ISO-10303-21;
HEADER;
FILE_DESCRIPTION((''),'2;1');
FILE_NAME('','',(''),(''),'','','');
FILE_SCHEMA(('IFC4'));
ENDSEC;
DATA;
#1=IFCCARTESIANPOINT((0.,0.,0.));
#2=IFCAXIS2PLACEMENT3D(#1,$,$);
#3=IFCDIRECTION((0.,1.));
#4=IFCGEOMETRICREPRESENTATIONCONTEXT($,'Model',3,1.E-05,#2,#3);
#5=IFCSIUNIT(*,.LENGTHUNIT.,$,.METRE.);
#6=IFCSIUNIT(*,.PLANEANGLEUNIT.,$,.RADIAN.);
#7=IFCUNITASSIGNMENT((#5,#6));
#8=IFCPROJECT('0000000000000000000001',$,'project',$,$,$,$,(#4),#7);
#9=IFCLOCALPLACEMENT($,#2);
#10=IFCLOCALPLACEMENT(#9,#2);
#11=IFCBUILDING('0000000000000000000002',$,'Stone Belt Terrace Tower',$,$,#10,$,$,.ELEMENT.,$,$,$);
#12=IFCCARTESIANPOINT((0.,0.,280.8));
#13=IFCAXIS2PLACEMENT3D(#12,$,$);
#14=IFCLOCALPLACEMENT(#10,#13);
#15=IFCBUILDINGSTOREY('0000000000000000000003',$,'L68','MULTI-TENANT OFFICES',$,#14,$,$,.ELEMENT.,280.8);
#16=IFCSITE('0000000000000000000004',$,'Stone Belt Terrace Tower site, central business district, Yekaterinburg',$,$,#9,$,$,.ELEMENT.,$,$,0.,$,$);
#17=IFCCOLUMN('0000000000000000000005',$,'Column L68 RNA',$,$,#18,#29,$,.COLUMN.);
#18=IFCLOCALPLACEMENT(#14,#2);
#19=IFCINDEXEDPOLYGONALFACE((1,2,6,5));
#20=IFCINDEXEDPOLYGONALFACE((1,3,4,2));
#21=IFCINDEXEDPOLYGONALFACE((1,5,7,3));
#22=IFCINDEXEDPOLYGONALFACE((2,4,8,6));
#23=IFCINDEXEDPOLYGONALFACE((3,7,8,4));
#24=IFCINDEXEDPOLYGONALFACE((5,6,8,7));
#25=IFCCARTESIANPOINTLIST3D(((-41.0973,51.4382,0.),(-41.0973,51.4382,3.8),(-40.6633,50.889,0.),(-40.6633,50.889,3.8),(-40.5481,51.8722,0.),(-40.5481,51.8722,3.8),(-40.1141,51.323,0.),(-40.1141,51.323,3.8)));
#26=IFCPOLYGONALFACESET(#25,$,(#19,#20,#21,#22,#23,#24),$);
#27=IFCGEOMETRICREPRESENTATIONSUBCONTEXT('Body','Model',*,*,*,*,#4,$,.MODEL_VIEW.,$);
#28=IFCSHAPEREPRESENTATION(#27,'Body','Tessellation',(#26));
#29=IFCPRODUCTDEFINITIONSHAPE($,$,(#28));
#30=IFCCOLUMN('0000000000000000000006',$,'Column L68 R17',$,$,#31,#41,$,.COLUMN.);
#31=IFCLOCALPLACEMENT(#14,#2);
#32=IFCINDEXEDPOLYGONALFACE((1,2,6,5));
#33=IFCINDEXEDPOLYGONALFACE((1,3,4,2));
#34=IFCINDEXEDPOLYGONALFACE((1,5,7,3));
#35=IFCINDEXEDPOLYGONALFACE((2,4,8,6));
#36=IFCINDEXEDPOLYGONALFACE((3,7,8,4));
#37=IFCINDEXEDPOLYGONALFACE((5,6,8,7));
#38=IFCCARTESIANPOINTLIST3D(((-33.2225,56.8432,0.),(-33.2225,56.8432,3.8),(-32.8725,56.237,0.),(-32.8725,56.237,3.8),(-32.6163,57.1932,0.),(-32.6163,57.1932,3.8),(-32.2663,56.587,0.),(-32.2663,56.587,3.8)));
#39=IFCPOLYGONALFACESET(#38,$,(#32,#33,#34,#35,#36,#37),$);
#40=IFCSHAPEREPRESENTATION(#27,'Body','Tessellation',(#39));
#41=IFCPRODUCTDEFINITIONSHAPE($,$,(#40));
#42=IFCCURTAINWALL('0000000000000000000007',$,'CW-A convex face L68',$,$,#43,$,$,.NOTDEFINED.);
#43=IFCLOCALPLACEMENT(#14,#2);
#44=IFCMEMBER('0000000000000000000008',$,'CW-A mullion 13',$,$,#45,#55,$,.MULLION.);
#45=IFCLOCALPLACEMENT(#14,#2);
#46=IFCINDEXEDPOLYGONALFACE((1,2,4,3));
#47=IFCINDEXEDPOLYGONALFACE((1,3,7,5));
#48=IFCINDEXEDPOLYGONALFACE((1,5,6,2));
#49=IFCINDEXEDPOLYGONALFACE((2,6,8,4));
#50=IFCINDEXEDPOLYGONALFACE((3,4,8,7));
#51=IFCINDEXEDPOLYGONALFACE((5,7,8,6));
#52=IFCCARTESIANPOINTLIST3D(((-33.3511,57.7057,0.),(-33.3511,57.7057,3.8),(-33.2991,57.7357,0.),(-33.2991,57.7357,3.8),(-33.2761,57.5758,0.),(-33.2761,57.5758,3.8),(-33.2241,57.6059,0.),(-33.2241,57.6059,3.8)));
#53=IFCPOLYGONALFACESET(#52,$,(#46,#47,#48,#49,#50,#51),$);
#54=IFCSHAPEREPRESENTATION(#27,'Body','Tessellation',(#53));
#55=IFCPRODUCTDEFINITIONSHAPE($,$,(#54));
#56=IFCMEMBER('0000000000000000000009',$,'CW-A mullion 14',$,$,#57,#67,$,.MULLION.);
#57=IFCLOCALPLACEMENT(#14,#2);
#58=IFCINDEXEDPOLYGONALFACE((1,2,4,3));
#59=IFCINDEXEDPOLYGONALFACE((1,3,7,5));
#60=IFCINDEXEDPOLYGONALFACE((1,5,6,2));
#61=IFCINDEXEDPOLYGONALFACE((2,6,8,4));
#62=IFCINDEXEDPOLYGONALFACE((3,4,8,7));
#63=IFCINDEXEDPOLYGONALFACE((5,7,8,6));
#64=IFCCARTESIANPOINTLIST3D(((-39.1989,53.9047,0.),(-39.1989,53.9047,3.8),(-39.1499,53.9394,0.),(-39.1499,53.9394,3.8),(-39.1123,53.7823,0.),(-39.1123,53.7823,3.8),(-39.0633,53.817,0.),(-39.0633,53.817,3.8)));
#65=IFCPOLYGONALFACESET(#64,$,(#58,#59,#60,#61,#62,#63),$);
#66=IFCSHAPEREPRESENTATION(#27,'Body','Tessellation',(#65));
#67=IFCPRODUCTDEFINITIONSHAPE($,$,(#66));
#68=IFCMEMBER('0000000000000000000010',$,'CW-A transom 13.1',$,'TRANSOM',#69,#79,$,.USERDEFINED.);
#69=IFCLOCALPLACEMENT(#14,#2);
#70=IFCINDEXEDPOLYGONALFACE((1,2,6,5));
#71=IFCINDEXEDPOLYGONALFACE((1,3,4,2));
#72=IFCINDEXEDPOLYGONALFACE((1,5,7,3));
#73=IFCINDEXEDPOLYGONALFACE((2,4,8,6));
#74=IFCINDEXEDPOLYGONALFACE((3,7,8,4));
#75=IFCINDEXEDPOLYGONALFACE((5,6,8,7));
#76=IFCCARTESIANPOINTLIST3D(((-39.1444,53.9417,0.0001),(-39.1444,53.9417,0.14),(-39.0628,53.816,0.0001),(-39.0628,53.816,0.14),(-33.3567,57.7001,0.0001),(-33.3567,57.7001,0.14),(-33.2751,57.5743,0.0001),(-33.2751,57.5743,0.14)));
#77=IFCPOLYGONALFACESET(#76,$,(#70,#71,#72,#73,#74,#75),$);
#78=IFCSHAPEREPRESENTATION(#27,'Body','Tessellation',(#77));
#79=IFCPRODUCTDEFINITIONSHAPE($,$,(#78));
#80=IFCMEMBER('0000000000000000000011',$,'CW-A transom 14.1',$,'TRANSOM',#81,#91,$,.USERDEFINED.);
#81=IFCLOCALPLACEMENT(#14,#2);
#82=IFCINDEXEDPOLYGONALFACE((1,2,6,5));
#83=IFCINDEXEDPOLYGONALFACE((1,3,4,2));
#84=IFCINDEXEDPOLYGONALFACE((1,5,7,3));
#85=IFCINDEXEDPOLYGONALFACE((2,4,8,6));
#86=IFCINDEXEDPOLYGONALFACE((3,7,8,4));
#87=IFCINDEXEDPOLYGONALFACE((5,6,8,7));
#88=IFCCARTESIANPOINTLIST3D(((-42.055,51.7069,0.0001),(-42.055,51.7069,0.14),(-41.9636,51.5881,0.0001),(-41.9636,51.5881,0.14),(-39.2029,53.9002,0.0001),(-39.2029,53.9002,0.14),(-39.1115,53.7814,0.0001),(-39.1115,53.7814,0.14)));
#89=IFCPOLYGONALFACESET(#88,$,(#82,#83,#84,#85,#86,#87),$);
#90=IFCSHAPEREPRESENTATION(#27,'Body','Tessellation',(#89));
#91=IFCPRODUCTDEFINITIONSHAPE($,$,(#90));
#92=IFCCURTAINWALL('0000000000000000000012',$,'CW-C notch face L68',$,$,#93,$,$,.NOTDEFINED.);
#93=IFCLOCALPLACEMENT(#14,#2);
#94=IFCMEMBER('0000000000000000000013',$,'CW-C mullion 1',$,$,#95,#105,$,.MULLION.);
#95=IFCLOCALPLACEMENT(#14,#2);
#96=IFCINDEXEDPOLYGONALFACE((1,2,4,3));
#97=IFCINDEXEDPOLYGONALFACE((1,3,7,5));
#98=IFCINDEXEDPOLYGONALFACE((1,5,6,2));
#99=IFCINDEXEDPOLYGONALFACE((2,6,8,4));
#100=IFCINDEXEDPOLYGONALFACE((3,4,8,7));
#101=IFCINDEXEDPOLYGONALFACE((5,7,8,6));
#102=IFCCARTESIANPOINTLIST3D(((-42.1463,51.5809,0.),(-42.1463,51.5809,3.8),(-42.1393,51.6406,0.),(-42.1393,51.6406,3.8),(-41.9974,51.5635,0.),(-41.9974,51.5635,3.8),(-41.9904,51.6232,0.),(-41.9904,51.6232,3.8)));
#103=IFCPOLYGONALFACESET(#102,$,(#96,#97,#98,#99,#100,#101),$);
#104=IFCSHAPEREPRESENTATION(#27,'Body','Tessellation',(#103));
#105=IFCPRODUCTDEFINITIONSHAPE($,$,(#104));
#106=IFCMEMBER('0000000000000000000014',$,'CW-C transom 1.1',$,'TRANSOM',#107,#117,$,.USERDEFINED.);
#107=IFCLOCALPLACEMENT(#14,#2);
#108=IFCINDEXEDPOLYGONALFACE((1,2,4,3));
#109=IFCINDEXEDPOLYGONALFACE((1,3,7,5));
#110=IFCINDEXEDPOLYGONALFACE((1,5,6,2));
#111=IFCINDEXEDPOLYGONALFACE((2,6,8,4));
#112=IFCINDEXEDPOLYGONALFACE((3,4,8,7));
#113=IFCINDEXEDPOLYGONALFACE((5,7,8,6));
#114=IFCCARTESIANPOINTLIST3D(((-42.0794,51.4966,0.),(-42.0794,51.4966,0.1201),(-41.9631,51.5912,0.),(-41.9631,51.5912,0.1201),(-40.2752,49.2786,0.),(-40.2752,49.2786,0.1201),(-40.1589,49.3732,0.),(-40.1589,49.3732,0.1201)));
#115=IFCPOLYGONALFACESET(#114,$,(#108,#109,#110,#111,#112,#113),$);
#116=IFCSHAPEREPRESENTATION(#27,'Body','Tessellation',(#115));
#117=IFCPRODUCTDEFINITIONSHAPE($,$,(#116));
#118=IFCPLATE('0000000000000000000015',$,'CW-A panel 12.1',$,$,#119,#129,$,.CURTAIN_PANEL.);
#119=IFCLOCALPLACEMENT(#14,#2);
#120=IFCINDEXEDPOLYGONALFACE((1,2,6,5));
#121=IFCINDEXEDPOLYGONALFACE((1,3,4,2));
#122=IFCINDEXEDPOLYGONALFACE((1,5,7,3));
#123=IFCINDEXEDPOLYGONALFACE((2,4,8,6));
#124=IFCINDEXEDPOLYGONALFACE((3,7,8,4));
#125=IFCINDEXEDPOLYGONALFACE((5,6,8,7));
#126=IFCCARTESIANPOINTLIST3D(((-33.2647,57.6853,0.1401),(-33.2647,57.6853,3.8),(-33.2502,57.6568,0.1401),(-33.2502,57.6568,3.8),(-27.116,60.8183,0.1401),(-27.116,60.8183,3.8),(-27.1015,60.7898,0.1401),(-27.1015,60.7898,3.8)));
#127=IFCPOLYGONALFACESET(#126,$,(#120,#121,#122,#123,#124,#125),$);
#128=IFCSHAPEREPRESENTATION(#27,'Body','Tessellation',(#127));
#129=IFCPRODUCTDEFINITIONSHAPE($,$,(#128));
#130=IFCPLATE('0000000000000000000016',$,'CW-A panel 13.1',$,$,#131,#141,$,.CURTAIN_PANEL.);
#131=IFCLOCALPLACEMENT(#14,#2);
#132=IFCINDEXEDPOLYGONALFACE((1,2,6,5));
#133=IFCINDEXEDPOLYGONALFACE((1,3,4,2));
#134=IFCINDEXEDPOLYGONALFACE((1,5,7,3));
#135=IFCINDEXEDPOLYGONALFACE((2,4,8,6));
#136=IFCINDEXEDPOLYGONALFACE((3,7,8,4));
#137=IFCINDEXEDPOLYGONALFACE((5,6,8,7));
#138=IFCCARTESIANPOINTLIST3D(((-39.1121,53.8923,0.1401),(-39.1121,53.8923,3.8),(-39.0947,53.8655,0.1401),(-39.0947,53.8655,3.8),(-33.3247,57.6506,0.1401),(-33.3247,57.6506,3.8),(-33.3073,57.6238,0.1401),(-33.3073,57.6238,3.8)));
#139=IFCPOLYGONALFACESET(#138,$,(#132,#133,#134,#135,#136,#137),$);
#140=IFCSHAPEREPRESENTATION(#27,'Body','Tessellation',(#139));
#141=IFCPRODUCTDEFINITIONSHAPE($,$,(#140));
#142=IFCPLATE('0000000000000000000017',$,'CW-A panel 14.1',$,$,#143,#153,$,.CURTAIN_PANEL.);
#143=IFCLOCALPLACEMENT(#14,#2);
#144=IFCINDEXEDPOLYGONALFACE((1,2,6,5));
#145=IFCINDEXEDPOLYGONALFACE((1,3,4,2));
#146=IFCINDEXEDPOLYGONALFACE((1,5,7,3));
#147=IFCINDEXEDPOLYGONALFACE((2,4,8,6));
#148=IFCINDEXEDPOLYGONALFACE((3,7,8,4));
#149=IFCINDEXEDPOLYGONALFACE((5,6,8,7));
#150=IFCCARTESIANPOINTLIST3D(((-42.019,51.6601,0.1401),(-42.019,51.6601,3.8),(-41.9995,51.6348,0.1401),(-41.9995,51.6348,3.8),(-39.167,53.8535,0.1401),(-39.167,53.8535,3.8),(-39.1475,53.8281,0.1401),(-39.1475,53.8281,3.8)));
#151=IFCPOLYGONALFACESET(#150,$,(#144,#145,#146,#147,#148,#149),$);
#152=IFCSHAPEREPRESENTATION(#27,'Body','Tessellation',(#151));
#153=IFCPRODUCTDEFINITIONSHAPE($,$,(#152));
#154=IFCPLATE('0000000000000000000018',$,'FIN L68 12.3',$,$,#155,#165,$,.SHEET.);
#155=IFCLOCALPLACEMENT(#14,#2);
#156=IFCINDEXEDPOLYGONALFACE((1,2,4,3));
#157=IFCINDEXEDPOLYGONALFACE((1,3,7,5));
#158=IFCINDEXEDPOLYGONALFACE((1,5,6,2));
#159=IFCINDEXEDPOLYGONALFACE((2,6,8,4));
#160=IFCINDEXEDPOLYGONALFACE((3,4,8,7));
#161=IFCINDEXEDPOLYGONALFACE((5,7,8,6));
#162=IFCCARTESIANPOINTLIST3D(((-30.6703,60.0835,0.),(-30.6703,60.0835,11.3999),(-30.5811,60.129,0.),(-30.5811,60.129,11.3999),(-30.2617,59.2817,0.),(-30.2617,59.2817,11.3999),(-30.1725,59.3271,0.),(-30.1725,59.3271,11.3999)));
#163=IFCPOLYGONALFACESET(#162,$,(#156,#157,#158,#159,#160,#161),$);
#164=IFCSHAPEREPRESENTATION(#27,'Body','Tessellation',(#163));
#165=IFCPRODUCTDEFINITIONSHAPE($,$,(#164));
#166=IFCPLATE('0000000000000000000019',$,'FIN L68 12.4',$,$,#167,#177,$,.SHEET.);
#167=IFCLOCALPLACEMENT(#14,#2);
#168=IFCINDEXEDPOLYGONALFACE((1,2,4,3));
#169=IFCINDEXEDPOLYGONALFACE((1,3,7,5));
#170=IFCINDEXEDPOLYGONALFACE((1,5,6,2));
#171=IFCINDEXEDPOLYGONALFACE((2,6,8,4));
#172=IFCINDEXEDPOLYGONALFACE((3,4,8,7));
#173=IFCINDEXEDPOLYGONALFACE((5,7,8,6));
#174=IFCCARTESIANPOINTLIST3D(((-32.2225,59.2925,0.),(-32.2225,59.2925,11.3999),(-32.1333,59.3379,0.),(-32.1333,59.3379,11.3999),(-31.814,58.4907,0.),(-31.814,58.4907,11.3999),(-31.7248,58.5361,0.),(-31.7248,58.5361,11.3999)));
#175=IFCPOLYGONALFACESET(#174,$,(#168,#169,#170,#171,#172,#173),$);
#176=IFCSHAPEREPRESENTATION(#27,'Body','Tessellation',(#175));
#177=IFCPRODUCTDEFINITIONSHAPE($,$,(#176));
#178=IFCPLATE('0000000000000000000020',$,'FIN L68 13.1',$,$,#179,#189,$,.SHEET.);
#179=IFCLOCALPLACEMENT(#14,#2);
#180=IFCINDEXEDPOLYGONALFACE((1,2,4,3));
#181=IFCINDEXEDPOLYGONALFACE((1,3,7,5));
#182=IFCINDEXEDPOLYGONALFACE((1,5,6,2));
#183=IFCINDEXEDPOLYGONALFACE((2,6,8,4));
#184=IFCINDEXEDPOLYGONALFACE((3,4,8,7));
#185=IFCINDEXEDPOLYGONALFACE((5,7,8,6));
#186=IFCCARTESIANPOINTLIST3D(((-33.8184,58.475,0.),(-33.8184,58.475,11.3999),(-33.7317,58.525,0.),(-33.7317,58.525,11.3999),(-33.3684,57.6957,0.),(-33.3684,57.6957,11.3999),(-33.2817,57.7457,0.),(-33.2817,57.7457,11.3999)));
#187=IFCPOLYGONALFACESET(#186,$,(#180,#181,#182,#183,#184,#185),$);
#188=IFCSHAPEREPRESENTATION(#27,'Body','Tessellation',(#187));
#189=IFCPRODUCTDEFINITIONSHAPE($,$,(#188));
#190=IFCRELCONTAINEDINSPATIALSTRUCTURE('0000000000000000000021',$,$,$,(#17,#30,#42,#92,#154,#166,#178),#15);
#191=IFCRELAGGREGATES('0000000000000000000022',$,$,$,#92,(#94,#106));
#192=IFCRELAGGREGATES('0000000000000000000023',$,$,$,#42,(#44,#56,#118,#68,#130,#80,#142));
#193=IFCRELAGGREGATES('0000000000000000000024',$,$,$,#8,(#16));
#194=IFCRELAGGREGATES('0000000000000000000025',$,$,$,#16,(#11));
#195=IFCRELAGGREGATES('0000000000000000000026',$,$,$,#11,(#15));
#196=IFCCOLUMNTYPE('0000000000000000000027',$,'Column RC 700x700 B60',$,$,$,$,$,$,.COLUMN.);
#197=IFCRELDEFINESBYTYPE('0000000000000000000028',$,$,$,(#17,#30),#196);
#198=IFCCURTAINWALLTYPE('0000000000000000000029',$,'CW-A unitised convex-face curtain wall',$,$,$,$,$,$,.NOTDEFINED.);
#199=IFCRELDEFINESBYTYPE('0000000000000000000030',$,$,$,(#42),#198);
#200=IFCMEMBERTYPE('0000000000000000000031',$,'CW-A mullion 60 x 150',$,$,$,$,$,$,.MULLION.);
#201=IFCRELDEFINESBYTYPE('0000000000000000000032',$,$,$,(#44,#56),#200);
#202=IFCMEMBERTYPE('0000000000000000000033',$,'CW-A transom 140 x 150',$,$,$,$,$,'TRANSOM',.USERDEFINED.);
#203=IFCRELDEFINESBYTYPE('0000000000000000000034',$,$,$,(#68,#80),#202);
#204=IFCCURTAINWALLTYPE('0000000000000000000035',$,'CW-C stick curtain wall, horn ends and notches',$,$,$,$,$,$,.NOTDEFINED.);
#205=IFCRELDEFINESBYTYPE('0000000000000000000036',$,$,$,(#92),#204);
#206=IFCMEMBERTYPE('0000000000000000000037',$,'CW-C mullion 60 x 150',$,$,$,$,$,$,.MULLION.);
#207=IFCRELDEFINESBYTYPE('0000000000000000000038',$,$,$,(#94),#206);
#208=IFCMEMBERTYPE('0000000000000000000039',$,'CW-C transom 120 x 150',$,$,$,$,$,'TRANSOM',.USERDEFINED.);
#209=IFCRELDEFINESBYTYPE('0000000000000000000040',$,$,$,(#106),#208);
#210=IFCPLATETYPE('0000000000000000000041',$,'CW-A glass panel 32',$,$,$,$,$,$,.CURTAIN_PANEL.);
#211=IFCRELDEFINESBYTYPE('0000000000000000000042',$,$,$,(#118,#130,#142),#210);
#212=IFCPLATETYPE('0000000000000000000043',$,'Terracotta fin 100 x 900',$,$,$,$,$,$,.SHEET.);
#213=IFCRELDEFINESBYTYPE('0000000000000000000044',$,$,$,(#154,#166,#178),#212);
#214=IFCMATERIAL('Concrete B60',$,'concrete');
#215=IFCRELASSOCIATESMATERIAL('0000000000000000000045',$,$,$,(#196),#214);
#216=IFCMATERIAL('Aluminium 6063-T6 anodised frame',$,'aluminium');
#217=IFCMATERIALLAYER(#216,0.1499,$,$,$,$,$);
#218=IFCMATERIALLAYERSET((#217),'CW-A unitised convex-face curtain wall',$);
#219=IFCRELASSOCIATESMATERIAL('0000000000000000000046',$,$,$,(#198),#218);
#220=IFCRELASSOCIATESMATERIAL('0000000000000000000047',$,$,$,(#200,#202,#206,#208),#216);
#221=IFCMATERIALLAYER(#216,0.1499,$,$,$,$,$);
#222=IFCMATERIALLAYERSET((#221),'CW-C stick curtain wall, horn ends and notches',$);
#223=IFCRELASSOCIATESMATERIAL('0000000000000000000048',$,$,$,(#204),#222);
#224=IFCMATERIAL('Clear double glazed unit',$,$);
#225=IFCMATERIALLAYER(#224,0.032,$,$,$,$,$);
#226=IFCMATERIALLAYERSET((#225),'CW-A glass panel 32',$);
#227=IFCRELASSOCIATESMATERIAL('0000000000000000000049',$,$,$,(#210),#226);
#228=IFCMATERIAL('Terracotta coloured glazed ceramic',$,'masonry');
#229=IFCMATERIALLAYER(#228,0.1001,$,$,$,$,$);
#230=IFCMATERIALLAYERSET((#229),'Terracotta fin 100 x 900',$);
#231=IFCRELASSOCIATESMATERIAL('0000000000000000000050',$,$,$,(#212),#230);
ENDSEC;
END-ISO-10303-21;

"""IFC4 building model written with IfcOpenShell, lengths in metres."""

from ifc_helpers import new_model, si_unit, direction, frame, origin, origin_2d, place, context, subcontext, project, spatial, rectangle, extrude, material, layer, layer_set, material_profile, profile_set, type_object, element, aggregate, save


model = new_model("IFC4")

# Units and contexts
model_context = context("Model", 3, precision=1e-05, world=origin(), true_north=direction((0.0, 1.0)))
body_context = subcontext(model_context, "Body", "Model", "MODEL_VIEW")
ifc_project = project(units=[si_unit("LENGTHUNIT", "METRE"), si_unit("PLANEANGLEUNIT", "RADIAN")], contexts=[model_context])

# Site, building, storey
site_placement = place(None, origin())
site = spatial("IfcSite", under=ifc_project, at=site_placement, Name="Stone Belt Terrace Tower site, central business district, Yekaterinburg", CompositionType="ELEMENT", RefElevation=0.0)
building_placement = place(site_placement, origin())
building = spatial("IfcBuilding", under=site, at=building_placement, Name="Stone Belt Terrace Tower", CompositionType="ELEMENT")
storey_placement = place(building_placement, frame((0.0, 0.0, 280.8)))
storey = spatial("IfcBuildingStorey", under=building, at=storey_placement, Name="L68", Description="MULTI-TENANT OFFICES", CompositionType="ELEMENT", Elevation=280.8)

# Columns
ifc_material_1 = material(Name="Concrete B60", Category="concrete")
ifc_material_profile_1 = material_profile(ifc_material_1, rectangle(XDim=0.7, YDim=0.7, at=origin_2d()), Name="RC 700x700")
ifc_profile_set_1 = profile_set([ifc_material_profile_1], Name="Concrete B60")
column_type = type_object("IfcColumnType", Name="Column RC 700x700 B60", PredefinedType="COLUMN", material=ifc_profile_set_1)
for number, where, z_axis, x_axis, name in (
    (1, (-40.6057, 51.3806, 0.0), (0.0, 0.0, 1.0), (0.78457, 0.620041, 0.0), "Column L68 RNA"),
    (2, (-32.7444, 56.7151, 0.0), (0.0, 0.0, 1.0), (0.866025, 0.5, 0.0), "Column L68 R17"),
):
    element("IfcColumn", number, at=place(storey_placement, frame(where, z_axis=z_axis, x_axis=x_axis)), inside=storey, type_object=column_type, Name=name, PredefinedType="COLUMN", context=body_context, shape_type="SweptSolid", body=[
        extrude(rectangle(XDim=0.7, YDim=0.7, at=origin_2d()), origin(), (0.0, 0.0, 1.0), 3.8),
    ])

# Curtain walls, members
ifc_material_2 = material(Name="Aluminium 6063-T6 anodised frame", Category="aluminium")
ifc_layer_1 = layer(ifc_material_2, 0.1499)
ifc_layer_set_1 = layer_set([ifc_layer_1], Name="CW-A unitised convex-face curtain wall")
curtain_wall_type_1 = type_object("IfcCurtainWallType", Name="CW-A unitised convex-face curtain wall", PredefinedType="NOTDEFINED", material=ifc_layer_set_1)
curtain_wall_1_placement = place(storey_placement, origin())
curtain_wall_1 = element("IfcCurtainWall", 3, at=curtain_wall_1_placement, inside=storey, type_object=curtain_wall_type_1, Name="CW-A convex face L68", PredefinedType="NOTDEFINED")
ifc_material_profile_2 = material_profile(ifc_material_2, rectangle(XDim=0.1499, YDim=0.0601, at=origin_2d()), Name="Aluminium 6063-T6 60x150")
ifc_profile_set_2 = profile_set([ifc_material_profile_2], Name="Aluminium 6063-T6 anodised frame")
member_type_1 = type_object("IfcMemberType", Name="CW-A mullion 60 x 150", PredefinedType="MULLION", material=ifc_profile_set_2)
member_1_placement = place(storey_placement, frame((-33.2876, 57.6558, 0.0), z_axis=(0.0, 0.0, 1.0), x_axis=(0.5, -0.866025, 0.0)))
member_1 = element("IfcMember", 4, at=member_1_placement, type_object=member_type_1, Name="CW-A mullion 13", PredefinedType="MULLION", context=body_context, shape_type="SweptSolid", body=[
    extrude(rectangle(XDim=0.1499, YDim=0.0601, at=origin_2d()), origin(), (0.0, 0.0, 1.0), 3.8),
])
member_2_placement = place(storey_placement, frame((-39.1311, 53.8608, 0.0), z_axis=(0.0, 0.0, 1.0), x_axis=(0.577587, -0.816329, 0.0)))
member_2 = element("IfcMember", 5, at=member_2_placement, type_object=member_type_1, Name="CW-A mullion 14", PredefinedType="MULLION", context=body_context, shape_type="SweptSolid", body=[
    extrude(rectangle(XDim=0.1499, YDim=0.0601, at=origin_2d()), origin(), (0.0, 0.0, 1.0), 3.8),
])
ifc_material_profile_3 = material_profile(ifc_material_2, rectangle(XDim=0.1499, YDim=0.1399, at=origin_2d()), Name="Aluminium 6063-T6 150x140")
ifc_profile_set_3 = profile_set([ifc_material_profile_3], Name="Aluminium 6063-T6 anodised frame")
member_type_2 = type_object("IfcMemberType", Name="CW-A transom 140 x 150", ElementType="TRANSOM", PredefinedType="USERDEFINED", material=ifc_profile_set_3)
member_3_placement = place(storey_placement, frame((-33.3159, 57.6372, 0.0701), z_axis=(-0.838684, -0.544618, 0.0), x_axis=(0.544618, -0.838684, 0.0)))
member_3 = element("IfcMember", 6, at=member_3_placement, type_object=member_type_2, Name="CW-A transom 13.1", ObjectType="TRANSOM", PredefinedType="USERDEFINED", context=body_context, shape_type="SweptSolid", body=[
    extrude(rectangle(XDim=0.1499, YDim=0.1399, at=origin_2d()), origin(), (0.0, 0.0, 1.0), 6.9009),
])
member_4_placement = place(storey_placement, frame((-39.1572, 53.8408, 0.0701), z_axis=(-0.792695, -0.609619, 0.0), x_axis=(0.609619, -0.792695, 0.0)))
member_4 = element("IfcMember", 7, at=member_4_placement, type_object=member_type_2, Name="CW-A transom 14.1", ObjectType="TRANSOM", PredefinedType="USERDEFINED", context=body_context, shape_type="SweptSolid", body=[
    extrude(rectangle(XDim=0.1499, YDim=0.1399, at=origin_2d()), origin(), (0.0, 0.0, 1.0), 3.5979),
])
ifc_layer_2 = layer(ifc_material_2, 0.1499)
ifc_layer_set_2 = layer_set([ifc_layer_2], Name="CW-C stick curtain wall, horn ends and notches")
curtain_wall_type_2 = type_object("IfcCurtainWallType", Name="CW-C stick curtain wall, horn ends and notches", PredefinedType="NOTDEFINED", material=ifc_layer_set_2)
curtain_wall_2_placement = place(storey_placement, origin())
curtain_wall_2 = element("IfcCurtainWall", 8, at=curtain_wall_2_placement, inside=storey, type_object=curtain_wall_type_2, Name="CW-C notch face L68", PredefinedType="NOTDEFINED")
ifc_material_profile_4 = material_profile(ifc_material_2, rectangle(XDim=0.1499, YDim=0.0601, at=origin_2d()), Name="Aluminium 6063-T6 60x150")
ifc_profile_set_4 = profile_set([ifc_material_profile_4], Name="Aluminium 6063-T6 anodised frame")
member_type_3 = type_object("IfcMemberType", Name="CW-C mullion 60 x 150", PredefinedType="MULLION", material=ifc_profile_set_4)
member_5_placement = place(storey_placement, frame((-42.0684, 51.6021, 0.0), z_axis=(0.0, 0.0, 1.0), x_axis=(0.993258, -0.115925, 0.0)))
member_5 = element("IfcMember", 9, at=member_5_placement, type_object=member_type_3, Name="CW-C mullion 1", PredefinedType="MULLION", context=body_context, shape_type="SweptSolid", body=[
    extrude(rectangle(XDim=0.1499, YDim=0.0601, at=origin_2d()), origin(), (0.0, 0.0, 1.0), 3.8),
])
ifc_material_profile_5 = material_profile(ifc_material_2, rectangle(XDim=0.1499, YDim=0.1201, at=origin_2d()), Name="Aluminium 6063-T6 150x120")
ifc_profile_set_5 = profile_set([ifc_material_profile_5], Name="Aluminium 6063-T6 anodised frame")
member_type_4 = type_object("IfcMemberType", Name="CW-C transom 120 x 150", ElementType="TRANSOM", PredefinedType="USERDEFINED", material=ifc_profile_set_5)
member_6_placement = place(storey_placement, frame((-42.0212, 51.5439, 0.0601), z_axis=(0.631027, -0.775761, 0.0), x_axis=(0.775761, 0.631027, 0.0)))
member_6 = element("IfcMember", 10, at=member_6_placement, type_object=member_type_4, Name="CW-C transom 1.1", ObjectType="TRANSOM", PredefinedType="USERDEFINED", context=body_context, shape_type="SweptSolid", body=[
    extrude(rectangle(XDim=0.1499, YDim=0.1201, at=origin_2d()), origin(), (0.0, 0.0, 1.0), 2.8591),
])
aggregate(curtain_wall_2, [member_5, member_6])

# Plates
ifc_material_3 = material(Name="Clear double glazed unit")
ifc_layer_3 = layer(ifc_material_3, 0.032)
ifc_layer_set_3 = layer_set([ifc_layer_3], Name="CW-A glass panel 32")
plate_type_1 = type_object("IfcPlateType", Name="CW-A glass panel 32", PredefinedType="CURTAIN_PANEL", material=ifc_layer_set_3)
plate_1_placement = place(storey_placement, frame((-30.1831, 59.2375, 0.1401), z_axis=(0.0, 0.0, 1.0), x_axis=(-0.891007, -0.45399, 0.0)))
plate_1 = element("IfcPlate", 11, at=plate_1_placement, type_object=plate_type_1, Name="CW-A panel 12.1", PredefinedType="CURTAIN_PANEL", context=body_context, shape_type="SweptSolid", body=[
    extrude(rectangle(XDim=6.9009, YDim=0.032, at=origin_2d()), origin(), (0.0, 0.0, 1.0), 3.6599),
])
plate_2_placement = place(storey_placement, frame((-36.2097, 55.7581, 0.1401), z_axis=(0.0, 0.0, 1.0), x_axis=(-0.838671, -0.544639, 0.0)))
plate_2 = element("IfcPlate", 12, at=plate_2_placement, type_object=plate_type_1, Name="CW-A panel 13.1", PredefinedType="CURTAIN_PANEL", context=body_context, shape_type="SweptSolid", body=[
    extrude(rectangle(XDim=6.9006, YDim=0.032, at=origin_2d()), origin(), (0.0, 0.0, 1.0), 3.6599),
])
plate_3_placement = place(storey_placement, frame((-40.5833, 52.7441, 0.1401), z_axis=(0.0, 0.0, 1.0), x_axis=(-0.792694, -0.60962, 0.0)))
plate_3 = element("IfcPlate", 13, at=plate_3_placement, type_object=plate_type_1, Name="CW-A panel 14.1", PredefinedType="CURTAIN_PANEL", context=body_context, shape_type="SweptSolid", body=[
    extrude(rectangle(XDim=3.5979, YDim=0.032, at=origin_2d()), origin(), (0.0, 0.0, 1.0), 3.6599),
])
aggregate(curtain_wall_1, [member_1, member_2, plate_1, member_3, plate_2, member_4, plate_3])

# Plates
ifc_material_4 = material(Name="Terracotta coloured glazed ceramic", Category="masonry")
ifc_layer_4 = layer(ifc_material_4, 0.1001)
ifc_layer_set_4 = layer_set([ifc_layer_4], Name="Terracotta fin 100 x 900")
plate_type_2 = type_object("IfcPlateType", Name="Terracotta fin 100 x 900", PredefinedType="SHEET", material=ifc_layer_set_4)
for number, where, z_axis, x_axis, name in (
    (14, (-30.4214, 59.7053, 0.0), (0.0, 0.0, 1.0), (-0.45399, 0.891007, 0.0), "FIN L68 12.3"),
    (15, (-31.9736, 58.9143, 0.0), (0.0, 0.0, 1.0), (-0.45399, 0.891007, 0.0), "FIN L68 12.4"),
    (16, (-33.55, 58.1104, 0.0), (0.0, 0.0, 1.0), (-0.5, 0.866025, 0.0), "FIN L68 13.1"),
):
    element("IfcPlate", number, at=place(storey_placement, frame(where, z_axis=z_axis, x_axis=x_axis)), inside=storey, type_object=plate_type_2, Name=name, PredefinedType="SHEET", context=body_context, shape_type="SweptSolid", body=[
        extrude(rectangle(XDim=0.8999, YDim=0.1001, at=origin_2d()), origin(), (0.0, 0.0, 1.0), 11.3999),
    ])

save(model, "model.ifc")
